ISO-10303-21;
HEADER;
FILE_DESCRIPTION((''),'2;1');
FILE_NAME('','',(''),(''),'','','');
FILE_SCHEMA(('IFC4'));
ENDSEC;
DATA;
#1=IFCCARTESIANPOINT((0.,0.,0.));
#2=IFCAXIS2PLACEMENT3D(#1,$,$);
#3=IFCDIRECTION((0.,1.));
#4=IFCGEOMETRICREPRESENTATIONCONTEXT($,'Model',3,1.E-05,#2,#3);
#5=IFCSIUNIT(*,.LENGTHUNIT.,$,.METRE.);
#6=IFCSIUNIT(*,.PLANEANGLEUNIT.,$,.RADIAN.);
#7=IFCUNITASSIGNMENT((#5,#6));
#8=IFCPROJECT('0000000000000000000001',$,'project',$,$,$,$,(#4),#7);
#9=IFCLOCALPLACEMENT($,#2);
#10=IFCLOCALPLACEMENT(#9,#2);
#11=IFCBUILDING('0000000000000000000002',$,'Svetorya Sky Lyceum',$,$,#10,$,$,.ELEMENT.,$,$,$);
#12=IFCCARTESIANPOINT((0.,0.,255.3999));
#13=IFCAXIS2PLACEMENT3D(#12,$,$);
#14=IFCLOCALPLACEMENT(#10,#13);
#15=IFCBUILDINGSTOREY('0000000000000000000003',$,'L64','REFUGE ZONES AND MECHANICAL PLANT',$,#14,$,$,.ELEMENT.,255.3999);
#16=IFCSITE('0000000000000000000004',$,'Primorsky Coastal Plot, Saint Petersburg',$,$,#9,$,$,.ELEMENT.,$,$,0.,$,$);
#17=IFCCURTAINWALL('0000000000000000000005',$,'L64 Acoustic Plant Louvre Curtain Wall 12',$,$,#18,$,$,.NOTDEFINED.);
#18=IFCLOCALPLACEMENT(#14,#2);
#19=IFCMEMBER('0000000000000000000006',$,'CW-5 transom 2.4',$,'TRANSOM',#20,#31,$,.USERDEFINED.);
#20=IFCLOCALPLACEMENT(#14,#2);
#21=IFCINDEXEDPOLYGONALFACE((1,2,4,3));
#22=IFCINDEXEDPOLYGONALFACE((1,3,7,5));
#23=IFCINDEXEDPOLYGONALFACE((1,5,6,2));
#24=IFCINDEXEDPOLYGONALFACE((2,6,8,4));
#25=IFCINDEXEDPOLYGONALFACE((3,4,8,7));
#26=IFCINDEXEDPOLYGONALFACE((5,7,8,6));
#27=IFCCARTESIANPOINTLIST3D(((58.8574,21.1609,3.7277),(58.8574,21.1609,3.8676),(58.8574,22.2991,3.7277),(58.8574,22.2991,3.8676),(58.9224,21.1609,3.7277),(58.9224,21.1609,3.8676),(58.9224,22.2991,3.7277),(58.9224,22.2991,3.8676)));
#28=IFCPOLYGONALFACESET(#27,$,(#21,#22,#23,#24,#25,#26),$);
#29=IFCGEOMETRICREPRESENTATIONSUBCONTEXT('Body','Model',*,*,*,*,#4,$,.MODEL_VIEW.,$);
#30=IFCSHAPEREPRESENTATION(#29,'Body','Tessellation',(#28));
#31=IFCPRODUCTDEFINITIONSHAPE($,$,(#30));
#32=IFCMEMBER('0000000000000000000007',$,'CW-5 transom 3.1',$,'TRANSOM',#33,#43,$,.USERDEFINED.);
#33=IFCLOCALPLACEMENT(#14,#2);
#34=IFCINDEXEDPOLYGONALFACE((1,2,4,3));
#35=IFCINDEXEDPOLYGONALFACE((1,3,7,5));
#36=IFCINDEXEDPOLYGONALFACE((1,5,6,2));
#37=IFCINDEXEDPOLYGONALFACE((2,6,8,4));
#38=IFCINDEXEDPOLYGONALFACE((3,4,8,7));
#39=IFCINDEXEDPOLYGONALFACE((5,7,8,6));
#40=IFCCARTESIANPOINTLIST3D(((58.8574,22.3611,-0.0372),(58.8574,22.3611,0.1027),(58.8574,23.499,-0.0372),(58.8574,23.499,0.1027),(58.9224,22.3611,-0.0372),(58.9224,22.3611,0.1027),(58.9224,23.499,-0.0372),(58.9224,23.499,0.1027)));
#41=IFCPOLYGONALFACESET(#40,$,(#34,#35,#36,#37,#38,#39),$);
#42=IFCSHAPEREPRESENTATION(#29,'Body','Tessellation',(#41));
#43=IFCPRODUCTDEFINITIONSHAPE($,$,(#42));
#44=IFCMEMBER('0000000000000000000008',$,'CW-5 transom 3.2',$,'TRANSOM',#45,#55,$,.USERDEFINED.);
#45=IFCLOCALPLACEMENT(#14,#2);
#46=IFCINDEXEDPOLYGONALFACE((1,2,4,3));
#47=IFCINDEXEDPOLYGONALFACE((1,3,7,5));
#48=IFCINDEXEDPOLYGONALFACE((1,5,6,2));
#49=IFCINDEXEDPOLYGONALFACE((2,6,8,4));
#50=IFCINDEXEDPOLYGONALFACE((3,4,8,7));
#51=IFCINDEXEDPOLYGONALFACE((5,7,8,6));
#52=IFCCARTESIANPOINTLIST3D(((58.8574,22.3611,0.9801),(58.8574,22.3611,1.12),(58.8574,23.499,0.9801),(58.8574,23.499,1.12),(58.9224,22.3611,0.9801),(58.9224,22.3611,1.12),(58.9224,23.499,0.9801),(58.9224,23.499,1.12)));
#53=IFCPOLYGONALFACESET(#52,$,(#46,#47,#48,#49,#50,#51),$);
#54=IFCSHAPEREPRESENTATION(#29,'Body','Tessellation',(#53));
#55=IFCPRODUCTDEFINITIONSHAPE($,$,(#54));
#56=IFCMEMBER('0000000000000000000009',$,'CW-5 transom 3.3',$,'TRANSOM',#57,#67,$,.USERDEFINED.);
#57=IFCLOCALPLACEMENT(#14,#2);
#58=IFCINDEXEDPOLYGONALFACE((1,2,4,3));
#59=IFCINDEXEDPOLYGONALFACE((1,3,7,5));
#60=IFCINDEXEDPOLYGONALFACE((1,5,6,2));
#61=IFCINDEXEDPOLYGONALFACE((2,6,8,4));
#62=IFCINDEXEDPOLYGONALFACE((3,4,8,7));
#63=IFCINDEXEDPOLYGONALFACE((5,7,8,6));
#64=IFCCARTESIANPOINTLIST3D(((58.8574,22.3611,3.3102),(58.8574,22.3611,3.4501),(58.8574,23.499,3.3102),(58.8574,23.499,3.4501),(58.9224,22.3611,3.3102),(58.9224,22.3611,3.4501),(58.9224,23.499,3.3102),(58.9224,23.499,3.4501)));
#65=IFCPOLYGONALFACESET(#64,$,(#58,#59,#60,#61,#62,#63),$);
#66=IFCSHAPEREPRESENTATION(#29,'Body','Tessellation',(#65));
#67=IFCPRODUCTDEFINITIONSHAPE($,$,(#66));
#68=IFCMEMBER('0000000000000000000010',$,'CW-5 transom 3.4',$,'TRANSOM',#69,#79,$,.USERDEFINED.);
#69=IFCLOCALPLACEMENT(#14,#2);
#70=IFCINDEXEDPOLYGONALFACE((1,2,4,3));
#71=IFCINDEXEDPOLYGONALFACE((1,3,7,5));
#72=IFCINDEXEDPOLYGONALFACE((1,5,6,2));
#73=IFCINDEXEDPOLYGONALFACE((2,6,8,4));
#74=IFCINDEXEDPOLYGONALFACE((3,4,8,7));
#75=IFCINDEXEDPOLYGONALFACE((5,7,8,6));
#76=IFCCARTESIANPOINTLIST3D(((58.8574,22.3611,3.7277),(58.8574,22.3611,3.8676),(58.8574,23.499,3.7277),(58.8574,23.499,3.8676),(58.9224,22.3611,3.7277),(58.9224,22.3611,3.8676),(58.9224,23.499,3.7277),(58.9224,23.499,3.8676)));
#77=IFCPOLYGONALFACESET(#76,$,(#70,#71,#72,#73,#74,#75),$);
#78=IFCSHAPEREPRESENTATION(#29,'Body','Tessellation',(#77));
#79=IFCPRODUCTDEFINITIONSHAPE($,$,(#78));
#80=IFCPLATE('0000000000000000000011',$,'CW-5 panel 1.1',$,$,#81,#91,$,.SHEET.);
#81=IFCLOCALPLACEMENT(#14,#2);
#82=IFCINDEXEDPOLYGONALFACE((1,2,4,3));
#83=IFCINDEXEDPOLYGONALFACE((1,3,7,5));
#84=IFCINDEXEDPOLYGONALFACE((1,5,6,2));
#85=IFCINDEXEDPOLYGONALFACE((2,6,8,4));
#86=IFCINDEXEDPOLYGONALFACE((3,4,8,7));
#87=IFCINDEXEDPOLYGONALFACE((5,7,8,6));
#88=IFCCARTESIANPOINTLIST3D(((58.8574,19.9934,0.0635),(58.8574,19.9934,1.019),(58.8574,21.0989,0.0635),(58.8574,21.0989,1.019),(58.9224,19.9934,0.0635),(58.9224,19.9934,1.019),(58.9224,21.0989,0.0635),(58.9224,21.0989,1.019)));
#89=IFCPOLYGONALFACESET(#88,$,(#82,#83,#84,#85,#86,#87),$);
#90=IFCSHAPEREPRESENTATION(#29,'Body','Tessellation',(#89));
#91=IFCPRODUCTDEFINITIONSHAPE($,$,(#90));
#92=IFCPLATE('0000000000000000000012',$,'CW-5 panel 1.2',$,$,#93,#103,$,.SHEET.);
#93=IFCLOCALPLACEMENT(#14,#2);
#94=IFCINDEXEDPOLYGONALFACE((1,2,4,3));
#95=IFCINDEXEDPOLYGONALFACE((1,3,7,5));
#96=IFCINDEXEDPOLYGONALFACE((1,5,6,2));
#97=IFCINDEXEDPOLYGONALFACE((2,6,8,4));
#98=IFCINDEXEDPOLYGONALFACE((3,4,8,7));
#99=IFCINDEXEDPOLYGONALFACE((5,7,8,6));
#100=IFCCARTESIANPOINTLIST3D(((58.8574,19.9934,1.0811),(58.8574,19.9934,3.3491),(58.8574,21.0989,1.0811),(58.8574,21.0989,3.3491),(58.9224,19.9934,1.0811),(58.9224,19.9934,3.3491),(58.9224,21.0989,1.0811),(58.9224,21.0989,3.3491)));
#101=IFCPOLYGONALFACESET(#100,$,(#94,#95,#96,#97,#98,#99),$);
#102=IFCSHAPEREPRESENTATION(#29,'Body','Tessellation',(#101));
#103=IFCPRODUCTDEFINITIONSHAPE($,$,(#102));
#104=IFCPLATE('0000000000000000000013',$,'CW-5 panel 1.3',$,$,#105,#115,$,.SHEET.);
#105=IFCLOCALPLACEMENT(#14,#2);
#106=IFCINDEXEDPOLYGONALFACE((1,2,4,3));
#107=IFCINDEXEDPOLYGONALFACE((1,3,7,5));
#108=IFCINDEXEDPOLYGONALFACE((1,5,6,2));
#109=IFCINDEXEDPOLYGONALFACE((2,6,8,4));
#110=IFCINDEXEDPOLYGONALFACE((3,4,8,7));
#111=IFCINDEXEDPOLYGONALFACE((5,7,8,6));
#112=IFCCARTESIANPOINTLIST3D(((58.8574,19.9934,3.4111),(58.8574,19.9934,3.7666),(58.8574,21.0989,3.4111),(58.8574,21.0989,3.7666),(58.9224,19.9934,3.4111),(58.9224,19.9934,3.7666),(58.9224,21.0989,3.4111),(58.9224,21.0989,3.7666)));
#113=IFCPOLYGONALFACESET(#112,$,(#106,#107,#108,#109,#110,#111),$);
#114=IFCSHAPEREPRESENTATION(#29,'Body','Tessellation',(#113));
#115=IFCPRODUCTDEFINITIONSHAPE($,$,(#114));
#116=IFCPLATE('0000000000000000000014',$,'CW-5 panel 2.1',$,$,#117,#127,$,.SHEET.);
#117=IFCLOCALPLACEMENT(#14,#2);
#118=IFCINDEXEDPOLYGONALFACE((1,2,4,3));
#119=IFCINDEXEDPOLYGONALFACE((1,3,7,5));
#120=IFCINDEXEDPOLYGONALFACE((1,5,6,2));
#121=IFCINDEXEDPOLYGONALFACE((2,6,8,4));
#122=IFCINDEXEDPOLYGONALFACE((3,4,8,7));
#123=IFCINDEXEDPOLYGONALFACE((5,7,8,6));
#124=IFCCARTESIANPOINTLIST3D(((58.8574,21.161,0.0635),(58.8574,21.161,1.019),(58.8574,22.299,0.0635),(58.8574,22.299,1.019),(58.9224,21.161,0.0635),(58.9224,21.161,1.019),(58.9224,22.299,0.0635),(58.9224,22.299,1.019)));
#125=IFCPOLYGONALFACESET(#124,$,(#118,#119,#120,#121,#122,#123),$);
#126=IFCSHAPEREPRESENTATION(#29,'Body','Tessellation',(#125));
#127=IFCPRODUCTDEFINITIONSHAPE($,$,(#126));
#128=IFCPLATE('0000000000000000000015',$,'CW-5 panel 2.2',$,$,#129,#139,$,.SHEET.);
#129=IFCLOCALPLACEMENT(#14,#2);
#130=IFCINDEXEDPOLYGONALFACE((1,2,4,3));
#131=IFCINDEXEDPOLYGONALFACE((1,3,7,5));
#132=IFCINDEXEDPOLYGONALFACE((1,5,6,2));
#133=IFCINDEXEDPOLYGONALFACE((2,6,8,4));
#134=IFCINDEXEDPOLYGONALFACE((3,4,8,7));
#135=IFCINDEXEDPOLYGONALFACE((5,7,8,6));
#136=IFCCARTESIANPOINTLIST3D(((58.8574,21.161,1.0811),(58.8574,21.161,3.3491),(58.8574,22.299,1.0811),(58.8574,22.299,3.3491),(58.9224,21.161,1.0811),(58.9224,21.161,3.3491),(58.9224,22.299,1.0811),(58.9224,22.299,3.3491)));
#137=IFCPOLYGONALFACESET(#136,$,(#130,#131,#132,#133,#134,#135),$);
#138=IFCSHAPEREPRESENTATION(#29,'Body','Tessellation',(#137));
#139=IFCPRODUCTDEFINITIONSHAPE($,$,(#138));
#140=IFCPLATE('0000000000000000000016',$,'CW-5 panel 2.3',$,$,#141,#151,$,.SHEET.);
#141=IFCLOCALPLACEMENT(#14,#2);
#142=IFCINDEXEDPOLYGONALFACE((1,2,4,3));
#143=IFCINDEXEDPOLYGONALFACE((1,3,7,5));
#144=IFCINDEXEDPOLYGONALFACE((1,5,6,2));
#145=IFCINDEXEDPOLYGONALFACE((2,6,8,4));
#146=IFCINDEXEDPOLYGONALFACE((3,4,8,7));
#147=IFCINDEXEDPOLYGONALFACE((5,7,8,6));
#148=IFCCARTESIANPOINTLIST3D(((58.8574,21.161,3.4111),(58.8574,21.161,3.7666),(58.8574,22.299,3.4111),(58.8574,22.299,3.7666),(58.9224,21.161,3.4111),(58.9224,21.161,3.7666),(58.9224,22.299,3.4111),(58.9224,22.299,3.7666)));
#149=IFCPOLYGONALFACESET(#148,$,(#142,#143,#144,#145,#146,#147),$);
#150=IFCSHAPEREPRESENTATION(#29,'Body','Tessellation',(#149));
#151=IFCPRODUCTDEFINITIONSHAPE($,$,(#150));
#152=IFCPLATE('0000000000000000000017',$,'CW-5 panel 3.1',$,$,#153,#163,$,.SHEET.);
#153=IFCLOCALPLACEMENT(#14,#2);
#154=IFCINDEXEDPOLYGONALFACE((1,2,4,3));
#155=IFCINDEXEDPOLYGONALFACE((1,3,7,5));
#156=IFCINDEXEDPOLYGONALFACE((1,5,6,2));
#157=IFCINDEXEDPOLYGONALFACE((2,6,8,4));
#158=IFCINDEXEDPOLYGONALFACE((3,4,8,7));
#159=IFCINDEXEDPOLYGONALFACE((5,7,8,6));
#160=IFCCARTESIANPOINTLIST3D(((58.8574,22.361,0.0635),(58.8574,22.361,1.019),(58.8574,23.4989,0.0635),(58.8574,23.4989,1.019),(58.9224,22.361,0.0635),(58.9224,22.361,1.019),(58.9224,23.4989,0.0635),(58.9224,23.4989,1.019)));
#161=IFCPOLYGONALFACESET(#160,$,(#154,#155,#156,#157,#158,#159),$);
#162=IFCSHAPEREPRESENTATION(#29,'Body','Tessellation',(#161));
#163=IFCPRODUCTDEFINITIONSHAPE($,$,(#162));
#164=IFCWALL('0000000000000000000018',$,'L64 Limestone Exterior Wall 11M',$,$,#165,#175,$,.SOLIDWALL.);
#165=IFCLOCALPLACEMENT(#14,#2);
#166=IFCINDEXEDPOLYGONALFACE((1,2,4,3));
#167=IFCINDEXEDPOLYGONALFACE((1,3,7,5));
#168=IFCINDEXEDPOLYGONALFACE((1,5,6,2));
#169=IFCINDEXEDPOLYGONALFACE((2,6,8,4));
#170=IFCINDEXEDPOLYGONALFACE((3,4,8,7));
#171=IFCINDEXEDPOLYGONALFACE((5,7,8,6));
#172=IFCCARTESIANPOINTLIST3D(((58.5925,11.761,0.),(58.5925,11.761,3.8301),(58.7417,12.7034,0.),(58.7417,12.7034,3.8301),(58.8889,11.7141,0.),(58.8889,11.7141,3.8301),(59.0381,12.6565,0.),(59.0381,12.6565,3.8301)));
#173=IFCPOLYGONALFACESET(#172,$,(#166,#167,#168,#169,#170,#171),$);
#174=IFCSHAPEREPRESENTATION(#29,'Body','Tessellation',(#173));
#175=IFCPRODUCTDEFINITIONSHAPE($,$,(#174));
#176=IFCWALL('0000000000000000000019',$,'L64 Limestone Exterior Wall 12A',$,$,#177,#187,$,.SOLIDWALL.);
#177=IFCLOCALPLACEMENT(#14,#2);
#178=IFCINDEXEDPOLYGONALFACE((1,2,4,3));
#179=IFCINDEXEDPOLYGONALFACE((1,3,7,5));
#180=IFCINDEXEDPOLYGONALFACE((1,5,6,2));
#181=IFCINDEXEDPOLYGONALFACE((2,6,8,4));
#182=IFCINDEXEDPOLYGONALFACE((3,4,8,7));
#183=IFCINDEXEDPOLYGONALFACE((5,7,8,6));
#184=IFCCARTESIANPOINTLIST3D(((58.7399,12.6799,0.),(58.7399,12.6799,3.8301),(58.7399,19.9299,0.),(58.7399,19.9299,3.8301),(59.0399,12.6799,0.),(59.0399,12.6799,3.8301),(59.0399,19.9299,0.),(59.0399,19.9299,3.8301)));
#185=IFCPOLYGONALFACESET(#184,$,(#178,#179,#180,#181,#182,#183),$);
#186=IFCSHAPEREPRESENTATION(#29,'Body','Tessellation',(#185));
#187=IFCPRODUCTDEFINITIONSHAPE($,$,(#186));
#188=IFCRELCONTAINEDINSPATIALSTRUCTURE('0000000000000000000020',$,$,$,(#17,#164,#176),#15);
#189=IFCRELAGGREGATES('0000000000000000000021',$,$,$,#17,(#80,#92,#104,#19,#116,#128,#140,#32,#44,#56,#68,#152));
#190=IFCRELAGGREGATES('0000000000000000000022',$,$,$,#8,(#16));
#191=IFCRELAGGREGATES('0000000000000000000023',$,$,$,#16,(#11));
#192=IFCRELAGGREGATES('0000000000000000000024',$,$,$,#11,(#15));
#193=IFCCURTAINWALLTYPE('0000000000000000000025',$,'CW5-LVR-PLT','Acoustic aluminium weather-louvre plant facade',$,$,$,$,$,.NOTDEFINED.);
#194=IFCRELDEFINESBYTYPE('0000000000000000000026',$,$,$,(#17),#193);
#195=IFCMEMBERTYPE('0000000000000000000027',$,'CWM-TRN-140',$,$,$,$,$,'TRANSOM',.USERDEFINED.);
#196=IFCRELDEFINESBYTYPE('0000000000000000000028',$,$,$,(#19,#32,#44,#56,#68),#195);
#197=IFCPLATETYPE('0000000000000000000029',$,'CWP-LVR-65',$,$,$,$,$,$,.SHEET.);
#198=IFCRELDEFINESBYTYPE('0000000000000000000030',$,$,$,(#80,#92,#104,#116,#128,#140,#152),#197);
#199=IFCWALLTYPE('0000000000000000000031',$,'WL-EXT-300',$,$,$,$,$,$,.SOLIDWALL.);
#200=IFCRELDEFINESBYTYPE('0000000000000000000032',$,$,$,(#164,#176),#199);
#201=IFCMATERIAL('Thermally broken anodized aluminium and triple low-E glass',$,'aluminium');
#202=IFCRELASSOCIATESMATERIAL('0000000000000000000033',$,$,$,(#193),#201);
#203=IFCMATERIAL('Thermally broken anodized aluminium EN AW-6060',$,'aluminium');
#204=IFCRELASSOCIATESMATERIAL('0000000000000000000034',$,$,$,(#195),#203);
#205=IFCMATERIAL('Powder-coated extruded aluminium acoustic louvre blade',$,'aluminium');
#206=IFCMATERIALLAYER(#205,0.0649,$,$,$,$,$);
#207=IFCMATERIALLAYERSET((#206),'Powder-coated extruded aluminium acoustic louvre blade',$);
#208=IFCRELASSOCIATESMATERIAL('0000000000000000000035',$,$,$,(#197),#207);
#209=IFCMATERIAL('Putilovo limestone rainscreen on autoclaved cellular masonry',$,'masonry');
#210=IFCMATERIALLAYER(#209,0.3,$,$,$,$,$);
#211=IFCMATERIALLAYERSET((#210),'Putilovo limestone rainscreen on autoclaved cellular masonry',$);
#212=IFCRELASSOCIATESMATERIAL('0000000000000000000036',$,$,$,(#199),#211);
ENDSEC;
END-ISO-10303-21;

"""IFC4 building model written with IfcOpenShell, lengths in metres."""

from ifc_helpers import new_model, si_unit, direction, frame, frame_2d, origin, origin_2d, place, context, subcontext, project, spatial, rectangle, extrude, material, layer, layer_set, material_profile, profile_set, type_object, element, aggregate, save


model = new_model("IFC4")

# Units and contexts
model_context = context("Model", 3, precision=1e-05, world=origin(), true_north=direction((0.0, 1.0)))
body_context = subcontext(model_context, "Body", "Model", "MODEL_VIEW")
ifc_project = project(units=[si_unit("LENGTHUNIT", "METRE"), si_unit("PLANEANGLEUNIT", "RADIAN")], contexts=[model_context])

# Site, building, storey
site_placement = place(None, origin())
site = spatial("IfcSite", under=ifc_project, at=site_placement, Name="Primorsky Coastal Plot, Saint Petersburg", CompositionType="ELEMENT", RefElevation=0.0)
building_placement = place(site_placement, origin())
building = spatial("IfcBuilding", under=site, at=building_placement, Name="Svetorya Sky Lyceum", CompositionType="ELEMENT")
storey_placement = place(building_placement, frame((0.0, 0.0, 255.3999)))
storey = spatial("IfcBuildingStorey", under=building, at=storey_placement, Name="L64", Description="REFUGE ZONES AND MECHANICAL PLANT", CompositionType="ELEMENT", Elevation=255.3999)

# Curtain wall, members, plates
ifc_material_1 = material(Name="Thermally broken anodized aluminium and triple low-E glass", Category="aluminium")
curtain_wall_type = type_object("IfcCurtainWallType", Name="CW5-LVR-PLT", Description="Acoustic aluminium weather-louvre plant facade", PredefinedType="NOTDEFINED", material=ifc_material_1)
curtain_wall_placement = place(storey_placement, origin())
curtain_wall = element("IfcCurtainWall", 1, at=curtain_wall_placement, inside=storey, type_object=curtain_wall_type, Name="L64 Acoustic Plant Louvre Curtain Wall 12", PredefinedType="NOTDEFINED")
ifc_material_2 = material(Name="Thermally broken anodized aluminium EN AW-6060", Category="aluminium")
ifc_material_profile_1 = material_profile(ifc_material_2, rectangle(XDim=0.0649, YDim=0.1399, at=origin_2d()), Name="ALU TRANSOM 65x140")
ifc_profile_set_1 = profile_set([ifc_material_profile_1], Name="Thermally broken anodized aluminium EN AW-6060")
member_type_1 = type_object("IfcMemberType", Name="CWM-TRN-140", ElementType="TRANSOM", PredefinedType="USERDEFINED", material=ifc_profile_set_1)
member_1_placement = place(storey_placement, frame((58.8899, 21.1609, 3.7976), z_axis=(0.0, 1.0, 0.0), x_axis=(-1.0, 0.0, 0.0)))
member_1 = element("IfcMember", 2, at=member_1_placement, type_object=member_type_1, Name="CW-5 transom 2.4", ObjectType="TRANSOM", PredefinedType="USERDEFINED", context=body_context, shape_type="SweptSolid", body=[
    extrude(rectangle(XDim=0.0649, YDim=0.1399, at=origin_2d()), origin(), (0.0, 0.0, 1.0), 1.1382),
])
member_2_placement = place(storey_placement, frame((58.8899, 22.3611, 0.0327), z_axis=(0.0, 1.0, 0.0), x_axis=(-1.0, 0.0, 0.0)))
member_2 = element("IfcMember", 3, at=member_2_placement, type_object=member_type_1, Name="CW-5 transom 3.1", ObjectType="TRANSOM", PredefinedType="USERDEFINED", context=body_context, shape_type="SweptSolid", body=[
    extrude(rectangle(XDim=0.0649, YDim=0.1399, at=origin_2d()), origin(), (0.0, 0.0, 1.0), 1.1379),
])
member_3_placement = place(storey_placement, frame((58.8899, 22.3611, 1.05), z_axis=(0.0, 1.0, 0.0), x_axis=(-1.0, 0.0, 0.0)))
member_3 = element("IfcMember", 4, at=member_3_placement, type_object=member_type_1, Name="CW-5 transom 3.2", ObjectType="TRANSOM", PredefinedType="USERDEFINED", context=body_context, shape_type="SweptSolid", body=[
    extrude(rectangle(XDim=0.0649, YDim=0.1399, at=origin_2d()), origin(), (0.0, 0.0, 1.0), 1.1379),
])
member_4_placement = place(storey_placement, frame((58.8899, 22.3611, 3.3801), z_axis=(0.0, 1.0, 0.0), x_axis=(-1.0, 0.0, 0.0)))
member_4 = element("IfcMember", 5, at=member_4_placement, type_object=member_type_1, Name="CW-5 transom 3.3", ObjectType="TRANSOM", PredefinedType="USERDEFINED", context=body_context, shape_type="SweptSolid", body=[
    extrude(rectangle(XDim=0.0649, YDim=0.1399, at=origin_2d()), origin(), (0.0, 0.0, 1.0), 1.1379),
])
member_5_placement = place(storey_placement, frame((58.8899, 22.3611, 3.7976), z_axis=(0.0, 1.0, 0.0), x_axis=(-1.0, 0.0, 0.0)))
member_5 = element("IfcMember", 6, at=member_5_placement, type_object=member_type_1, Name="CW-5 transom 3.4", ObjectType="TRANSOM", PredefinedType="USERDEFINED", context=body_context, shape_type="SweptSolid", body=[
    extrude(rectangle(XDim=0.0649, YDim=0.1399, at=origin_2d()), origin(), (0.0, 0.0, 1.0), 1.1379),
])
ifc_material_3 = material(Name="Powder-coated extruded aluminium acoustic louvre blade", Category="aluminium")
ifc_layer_1 = layer(ifc_material_3, 0.0649)
ifc_layer_set_1 = layer_set([ifc_layer_1], Name="Powder-coated extruded aluminium acoustic louvre blade")
plate_type = type_object("IfcPlateType", Name="CWP-LVR-65", PredefinedType="SHEET", material=ifc_layer_set_1)
plate_1_placement = place(storey_placement, frame((58.8899, 20.5461, 0.0635), z_axis=(0.0, 0.0, 1.0), x_axis=(0.0, 1.0, 0.0)))
plate_1 = element("IfcPlate", 7, at=plate_1_placement, type_object=plate_type, Name="CW-5 panel 1.1", PredefinedType="SHEET", context=body_context, shape_type="SweptSolid", body=[
    extrude(rectangle(XDim=1.1055, YDim=0.0649, at=origin_2d()), origin(), (0.0, 0.0, 1.0), 0.9556),
])
plate_2_placement = place(storey_placement, frame((58.8899, 20.5461, 1.0811), z_axis=(0.0, 0.0, 1.0), x_axis=(0.0, 1.0, 0.0)))
plate_2 = element("IfcPlate", 8, at=plate_2_placement, type_object=plate_type, Name="CW-5 panel 1.2", PredefinedType="SHEET", context=body_context, shape_type="SweptSolid", body=[
    extrude(rectangle(XDim=1.1055, YDim=0.0649, at=origin_2d()), origin(), (0.0, 0.0, 1.0), 2.2681),
])
plate_3_placement = place(storey_placement, frame((58.8899, 20.5461, 3.4111), z_axis=(0.0, 0.0, 1.0), x_axis=(0.0, 1.0, 0.0)))
plate_3 = element("IfcPlate", 9, at=plate_3_placement, type_object=plate_type, Name="CW-5 panel 1.3", PredefinedType="SHEET", context=body_context, shape_type="SweptSolid", body=[
    extrude(rectangle(XDim=1.1055, YDim=0.0649, at=origin_2d()), origin(), (0.0, 0.0, 1.0), 0.3555),
])
plate_4_placement = place(storey_placement, frame((58.8899, 21.73, 0.0635), z_axis=(0.0, 0.0, 1.0), x_axis=(0.0, 1.0, 0.0)))
plate_4 = element("IfcPlate", 10, at=plate_4_placement, type_object=plate_type, Name="CW-5 panel 2.1", PredefinedType="SHEET", context=body_context, shape_type="SweptSolid", body=[
    extrude(rectangle(XDim=1.1379, YDim=0.0649, at=origin_2d()), origin(), (0.0, 0.0, 1.0), 0.9556),
])
plate_5_placement = place(storey_placement, frame((58.8899, 21.73, 1.0811), z_axis=(0.0, 0.0, 1.0), x_axis=(0.0, 1.0, 0.0)))
plate_5 = element("IfcPlate", 11, at=plate_5_placement, type_object=plate_type, Name="CW-5 panel 2.2", PredefinedType="SHEET", context=body_context, shape_type="SweptSolid", body=[
    extrude(rectangle(XDim=1.1379, YDim=0.0649, at=origin_2d()), origin(), (0.0, 0.0, 1.0), 2.2681),
])
plate_6_placement = place(storey_placement, frame((58.8899, 21.73, 3.4111), z_axis=(0.0, 0.0, 1.0), x_axis=(0.0, 1.0, 0.0)))
plate_6 = element("IfcPlate", 12, at=plate_6_placement, type_object=plate_type, Name="CW-5 panel 2.3", PredefinedType="SHEET", context=body_context, shape_type="SweptSolid", body=[
    extrude(rectangle(XDim=1.1379, YDim=0.0649, at=origin_2d()), origin(), (0.0, 0.0, 1.0), 0.3555),
])
plate_7_placement = place(storey_placement, frame((58.8899, 22.9299, 0.0635), z_axis=(0.0, 0.0, 1.0), x_axis=(0.0, 1.0, 0.0)))
plate_7 = element("IfcPlate", 13, at=plate_7_placement, type_object=plate_type, Name="CW-5 panel 3.1", PredefinedType="SHEET", context=body_context, shape_type="SweptSolid", body=[
    extrude(rectangle(XDim=1.1379, YDim=0.0649, at=origin_2d()), origin(), (0.0, 0.0, 1.0), 0.9556),
])
aggregate(curtain_wall, [plate_1, plate_2, plate_3, member_1, plate_4, plate_5, plate_6, member_2, member_3, member_4, member_5, plate_7])

# Walls
ifc_material_4 = material(Name="Putilovo limestone rainscreen on autoclaved cellular masonry", Category="masonry")
ifc_layer_2 = layer(ifc_material_4, 0.3)
ifc_layer_set_2 = layer_set([ifc_layer_2], Name="Putilovo limestone rainscreen on autoclaved cellular masonry")
wall_type = type_object("IfcWallType", Name="WL-EXT-300", PredefinedType="SOLIDWALL", material=ifc_layer_set_2)
wall_1_placement = place(storey_placement, frame((58.7407, 11.7375, 0.0), z_axis=(0.0, 0.0, 1.0), x_axis=(0.156344, 0.987703, 0.0)))
element("IfcWall", 14, at=wall_1_placement, inside=storey, type_object=wall_type, Name="L64 Limestone Exterior Wall 11M", PredefinedType="SOLIDWALL", context=body_context, shape_type="SweptSolid", body=[
    extrude(rectangle(XDim=0.9541, YDim=0.3, at=frame_2d((0.4771, 0.0))), origin(), (0.0, 0.0, 1.0), 3.8301),
])
wall_2_placement = place(storey_placement, frame((58.8899, 12.6799, 0.0), z_axis=(0.0, 0.0, 1.0), x_axis=(0.0, 1.0, 0.0)))
element("IfcWall", 15, at=wall_2_placement, inside=storey, type_object=wall_type, Name="L64 Limestone Exterior Wall 12A", PredefinedType="SOLIDWALL", context=body_context, shape_type="SweptSolid", body=[
    extrude(rectangle(XDim=7.25, YDim=0.3, at=frame_2d((3.625, 0.0))), origin(), (0.0, 0.0, 1.0), 3.8301),
])

save(model, "model.ifc")
